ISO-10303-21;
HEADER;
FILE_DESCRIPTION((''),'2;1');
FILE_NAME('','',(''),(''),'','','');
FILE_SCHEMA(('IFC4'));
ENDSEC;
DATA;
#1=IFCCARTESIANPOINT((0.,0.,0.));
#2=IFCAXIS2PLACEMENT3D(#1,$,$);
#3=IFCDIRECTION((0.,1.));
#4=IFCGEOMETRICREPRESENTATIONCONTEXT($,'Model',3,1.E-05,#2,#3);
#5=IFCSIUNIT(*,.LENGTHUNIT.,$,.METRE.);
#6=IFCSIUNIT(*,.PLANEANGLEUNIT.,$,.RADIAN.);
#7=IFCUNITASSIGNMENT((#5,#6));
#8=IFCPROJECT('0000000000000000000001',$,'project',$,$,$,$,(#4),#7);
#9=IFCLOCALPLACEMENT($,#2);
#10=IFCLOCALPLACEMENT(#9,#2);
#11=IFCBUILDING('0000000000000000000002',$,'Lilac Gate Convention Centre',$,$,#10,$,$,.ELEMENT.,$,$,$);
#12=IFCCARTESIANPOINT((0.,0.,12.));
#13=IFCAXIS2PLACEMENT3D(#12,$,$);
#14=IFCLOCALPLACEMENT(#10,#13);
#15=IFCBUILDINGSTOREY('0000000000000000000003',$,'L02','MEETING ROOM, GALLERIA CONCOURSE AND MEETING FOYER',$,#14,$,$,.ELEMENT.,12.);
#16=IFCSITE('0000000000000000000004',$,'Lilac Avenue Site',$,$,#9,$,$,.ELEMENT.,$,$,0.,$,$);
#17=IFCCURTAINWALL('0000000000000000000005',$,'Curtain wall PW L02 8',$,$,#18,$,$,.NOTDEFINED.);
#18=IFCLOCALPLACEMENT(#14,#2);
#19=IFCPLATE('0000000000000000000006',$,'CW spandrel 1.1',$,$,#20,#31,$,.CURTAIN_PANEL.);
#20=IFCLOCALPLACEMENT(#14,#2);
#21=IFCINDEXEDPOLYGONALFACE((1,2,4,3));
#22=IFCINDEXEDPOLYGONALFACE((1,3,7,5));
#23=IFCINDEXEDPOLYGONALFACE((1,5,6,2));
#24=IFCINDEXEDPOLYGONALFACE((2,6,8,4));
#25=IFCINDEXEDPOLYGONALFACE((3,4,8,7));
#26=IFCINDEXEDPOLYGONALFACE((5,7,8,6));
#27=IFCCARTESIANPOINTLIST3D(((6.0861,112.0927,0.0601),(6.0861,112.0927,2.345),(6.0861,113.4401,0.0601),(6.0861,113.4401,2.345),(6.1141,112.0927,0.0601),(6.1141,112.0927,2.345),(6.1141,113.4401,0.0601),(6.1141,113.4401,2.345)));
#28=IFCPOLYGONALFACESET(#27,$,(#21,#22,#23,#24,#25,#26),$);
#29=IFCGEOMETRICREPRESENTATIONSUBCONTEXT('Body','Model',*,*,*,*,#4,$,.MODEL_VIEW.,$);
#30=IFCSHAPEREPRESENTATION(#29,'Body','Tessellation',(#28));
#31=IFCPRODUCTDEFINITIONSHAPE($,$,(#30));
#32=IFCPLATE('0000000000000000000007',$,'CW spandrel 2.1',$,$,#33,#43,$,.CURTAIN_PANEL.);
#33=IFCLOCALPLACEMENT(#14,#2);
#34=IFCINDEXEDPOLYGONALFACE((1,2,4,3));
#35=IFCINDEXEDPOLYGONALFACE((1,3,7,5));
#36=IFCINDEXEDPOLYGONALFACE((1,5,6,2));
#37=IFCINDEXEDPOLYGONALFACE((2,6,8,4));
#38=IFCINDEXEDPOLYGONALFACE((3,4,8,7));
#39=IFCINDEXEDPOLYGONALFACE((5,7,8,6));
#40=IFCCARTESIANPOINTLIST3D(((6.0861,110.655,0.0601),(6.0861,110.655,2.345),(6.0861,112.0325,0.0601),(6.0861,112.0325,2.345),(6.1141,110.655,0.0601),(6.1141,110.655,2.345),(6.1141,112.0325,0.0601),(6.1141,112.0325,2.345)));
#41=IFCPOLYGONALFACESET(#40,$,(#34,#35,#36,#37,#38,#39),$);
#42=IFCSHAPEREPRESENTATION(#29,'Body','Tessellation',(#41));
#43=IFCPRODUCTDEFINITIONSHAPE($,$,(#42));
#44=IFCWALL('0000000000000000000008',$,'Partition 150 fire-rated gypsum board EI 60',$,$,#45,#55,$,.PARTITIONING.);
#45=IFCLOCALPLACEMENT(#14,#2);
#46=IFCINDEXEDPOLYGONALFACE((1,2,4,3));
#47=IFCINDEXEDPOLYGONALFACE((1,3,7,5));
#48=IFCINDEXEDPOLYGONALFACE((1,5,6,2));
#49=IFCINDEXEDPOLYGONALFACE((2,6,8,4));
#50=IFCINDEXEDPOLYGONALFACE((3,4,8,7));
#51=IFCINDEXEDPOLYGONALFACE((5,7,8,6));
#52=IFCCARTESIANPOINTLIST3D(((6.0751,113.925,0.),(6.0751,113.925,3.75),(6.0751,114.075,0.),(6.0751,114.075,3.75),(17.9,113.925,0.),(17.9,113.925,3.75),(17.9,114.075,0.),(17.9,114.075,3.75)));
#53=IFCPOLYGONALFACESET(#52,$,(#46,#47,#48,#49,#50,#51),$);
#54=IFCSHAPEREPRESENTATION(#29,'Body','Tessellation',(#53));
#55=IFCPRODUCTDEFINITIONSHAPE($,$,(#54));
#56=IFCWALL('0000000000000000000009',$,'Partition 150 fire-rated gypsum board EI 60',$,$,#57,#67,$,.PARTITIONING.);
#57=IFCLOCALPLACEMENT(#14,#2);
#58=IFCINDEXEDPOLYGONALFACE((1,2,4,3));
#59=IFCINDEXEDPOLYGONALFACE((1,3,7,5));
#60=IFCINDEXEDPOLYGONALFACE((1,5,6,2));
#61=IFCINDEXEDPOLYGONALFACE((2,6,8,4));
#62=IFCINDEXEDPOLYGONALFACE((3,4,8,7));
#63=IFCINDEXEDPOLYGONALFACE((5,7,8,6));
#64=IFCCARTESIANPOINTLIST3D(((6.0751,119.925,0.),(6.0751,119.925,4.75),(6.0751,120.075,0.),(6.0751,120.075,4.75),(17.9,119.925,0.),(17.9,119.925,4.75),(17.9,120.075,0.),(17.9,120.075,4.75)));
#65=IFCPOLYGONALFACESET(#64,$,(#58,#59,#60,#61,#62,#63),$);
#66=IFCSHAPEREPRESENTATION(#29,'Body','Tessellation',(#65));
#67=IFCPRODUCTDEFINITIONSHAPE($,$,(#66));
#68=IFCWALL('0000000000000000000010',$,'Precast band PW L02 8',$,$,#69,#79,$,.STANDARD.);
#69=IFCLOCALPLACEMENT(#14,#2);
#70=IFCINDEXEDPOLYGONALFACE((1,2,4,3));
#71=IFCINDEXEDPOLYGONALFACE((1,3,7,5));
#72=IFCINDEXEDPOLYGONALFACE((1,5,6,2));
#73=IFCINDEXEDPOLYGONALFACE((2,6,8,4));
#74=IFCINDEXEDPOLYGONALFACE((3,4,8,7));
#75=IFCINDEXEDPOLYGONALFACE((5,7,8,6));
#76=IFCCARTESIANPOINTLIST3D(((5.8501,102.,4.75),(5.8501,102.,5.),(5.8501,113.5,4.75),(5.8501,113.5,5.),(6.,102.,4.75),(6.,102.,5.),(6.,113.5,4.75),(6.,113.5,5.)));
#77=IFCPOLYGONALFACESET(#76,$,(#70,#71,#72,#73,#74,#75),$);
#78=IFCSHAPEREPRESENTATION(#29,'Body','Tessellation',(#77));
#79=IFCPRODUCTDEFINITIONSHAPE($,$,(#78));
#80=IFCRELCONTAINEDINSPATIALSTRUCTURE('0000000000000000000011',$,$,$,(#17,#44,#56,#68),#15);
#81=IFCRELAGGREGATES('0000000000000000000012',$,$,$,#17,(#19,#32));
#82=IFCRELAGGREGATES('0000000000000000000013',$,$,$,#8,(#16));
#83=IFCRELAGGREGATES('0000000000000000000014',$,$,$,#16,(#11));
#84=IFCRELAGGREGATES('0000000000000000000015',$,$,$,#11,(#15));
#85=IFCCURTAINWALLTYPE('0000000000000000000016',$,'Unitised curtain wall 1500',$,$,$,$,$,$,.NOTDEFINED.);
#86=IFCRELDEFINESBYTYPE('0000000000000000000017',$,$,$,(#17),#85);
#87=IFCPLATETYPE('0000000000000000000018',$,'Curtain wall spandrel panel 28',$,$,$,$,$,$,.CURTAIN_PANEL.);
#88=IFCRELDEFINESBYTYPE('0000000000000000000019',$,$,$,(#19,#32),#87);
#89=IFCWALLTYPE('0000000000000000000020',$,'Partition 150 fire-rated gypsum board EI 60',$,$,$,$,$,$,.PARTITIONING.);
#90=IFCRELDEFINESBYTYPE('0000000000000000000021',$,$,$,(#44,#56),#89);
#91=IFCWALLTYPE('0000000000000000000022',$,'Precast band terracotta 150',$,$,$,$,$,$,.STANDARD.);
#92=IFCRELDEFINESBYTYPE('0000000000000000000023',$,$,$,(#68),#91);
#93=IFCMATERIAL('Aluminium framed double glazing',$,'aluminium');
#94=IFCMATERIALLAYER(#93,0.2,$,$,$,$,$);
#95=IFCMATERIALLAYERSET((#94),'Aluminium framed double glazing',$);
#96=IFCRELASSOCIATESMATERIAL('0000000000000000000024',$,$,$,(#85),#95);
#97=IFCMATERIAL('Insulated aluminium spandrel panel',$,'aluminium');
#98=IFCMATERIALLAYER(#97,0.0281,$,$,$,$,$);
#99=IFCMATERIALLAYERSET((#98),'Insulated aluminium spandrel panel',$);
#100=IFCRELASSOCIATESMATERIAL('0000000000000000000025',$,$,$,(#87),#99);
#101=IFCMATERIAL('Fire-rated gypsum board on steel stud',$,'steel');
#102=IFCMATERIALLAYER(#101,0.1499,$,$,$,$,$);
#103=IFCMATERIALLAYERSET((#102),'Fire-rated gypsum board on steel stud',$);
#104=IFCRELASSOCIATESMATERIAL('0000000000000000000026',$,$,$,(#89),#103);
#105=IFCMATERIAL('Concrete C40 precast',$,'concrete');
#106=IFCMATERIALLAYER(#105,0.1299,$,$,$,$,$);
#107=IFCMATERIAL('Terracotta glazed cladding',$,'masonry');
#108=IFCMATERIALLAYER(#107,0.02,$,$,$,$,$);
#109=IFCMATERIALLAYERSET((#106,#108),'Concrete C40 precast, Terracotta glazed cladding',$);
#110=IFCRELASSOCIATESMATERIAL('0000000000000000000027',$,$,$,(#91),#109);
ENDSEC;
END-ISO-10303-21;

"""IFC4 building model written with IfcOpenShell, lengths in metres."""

from ifc_helpers import new_model, si_unit, direction, frame, frame_2d, origin, origin_2d, place, context, subcontext, project, spatial, rectangle, extrude, material, layer, layer_set, type_object, element, aggregate, save


model = new_model("IFC4")

# Units and contexts
model_context = context("Model", 3, precision=1e-05, world=origin(), true_north=direction((0.0, 1.0)))
body_context = subcontext(model_context, "Body", "Model", "MODEL_VIEW")
ifc_project = project(units=[si_unit("LENGTHUNIT", "METRE"), si_unit("PLANEANGLEUNIT", "RADIAN")], contexts=[model_context])

# Site, building, storey
site_placement = place(None, origin())
site = spatial("IfcSite", under=ifc_project, at=site_placement, Name="Lilac Avenue Site", CompositionType="ELEMENT", RefElevation=0.0)
building_placement = place(site_placement, origin())
building = spatial("IfcBuilding", under=site, at=building_placement, Name="Lilac Gate Convention Centre", CompositionType="ELEMENT")
storey_placement = place(building_placement, frame((0.0, 0.0, 12.0)))
storey = spatial("IfcBuildingStorey", under=building, at=storey_placement, Name="L02", Description="MEETING ROOM, GALLERIA CONCOURSE AND MEETING FOYER", CompositionType="ELEMENT", Elevation=12.0)

# Curtain wall
ifc_material_1 = material(Name="Aluminium framed double glazing", Category="aluminium")
ifc_layer_1 = layer(ifc_material_1, 0.2)
ifc_layer_set_1 = layer_set([ifc_layer_1], Name="Aluminium framed double glazing")
curtain_wall_type = type_object("IfcCurtainWallType", Name="Unitised curtain wall 1500", PredefinedType="NOTDEFINED", material=ifc_layer_set_1)
curtain_wall_1_placement = place(storey_placement, origin())
curtain_wall_1 = element("IfcCurtainWall", 1, at=curtain_wall_1_placement, inside=storey, type_object=curtain_wall_type, Name="Curtain wall PW L02 8", PredefinedType="NOTDEFINED")

# Plates
ifc_material_2 = material(Name="Insulated aluminium spandrel panel", Category="aluminium")
ifc_layer_2 = layer(ifc_material_2, 0.0281)
ifc_layer_set_2 = layer_set([ifc_layer_2], Name="Insulated aluminium spandrel panel")
plate_type_1 = type_object("IfcPlateType", Name="Curtain wall spandrel panel 28", PredefinedType="CURTAIN_PANEL", material=ifc_layer_set_2)
plate_1_placement = place(storey_placement, frame((6.1001, 112.7664, 0.0601), z_axis=(0.0, 0.0, 1.0), x_axis=(0.0, -1.0, 0.0)))
plate_1 = element("IfcPlate", 2, at=plate_1_placement, type_object=plate_type_1, Name="CW spandrel 1.1", PredefinedType="CURTAIN_PANEL", context=body_context, shape_type="SweptSolid", body=[
    extrude(rectangle(XDim=1.3474, YDim=0.0281, at=origin_2d()), origin(), (0.0, 0.0, 1.0), 2.2849),
])
plate_2_placement = place(storey_placement, frame((6.1001, 111.3438, 0.0601), z_axis=(0.0, 0.0, 1.0), x_axis=(0.0, -1.0, 0.0)))
plate_2 = element("IfcPlate", 3, at=plate_2_placement, type_object=plate_type_1, Name="CW spandrel 2.1", PredefinedType="CURTAIN_PANEL", context=body_context, shape_type="SweptSolid", body=[
    extrude(rectangle(XDim=1.3774, YDim=0.0281, at=origin_2d()), origin(), (0.0, 0.0, 1.0), 2.2849),
])
aggregate(curtain_wall_1, [plate_1, plate_2])

# Walls
ifc_material_3 = material(Name="Fire-rated gypsum board on steel stud", Category="steel")
ifc_layer_3 = layer(ifc_material_3, 0.1499)
ifc_layer_set_3 = layer_set([ifc_layer_3], Name="Fire-rated gypsum board on steel stud")
wall_type_1 = type_object("IfcWallType", Name="Partition 150 fire-rated gypsum board EI 60", PredefinedType="PARTITIONING", material=ifc_layer_set_3)
wall_1_placement = place(storey_placement, frame((6.075, 114.0, 0.0), z_axis=(0.0, 0.0, 1.0), x_axis=(1.0, 0.0, 0.0)))
element("IfcWall", 4, at=wall_1_placement, inside=storey, type_object=wall_type_1, Name="Partition 150 fire-rated gypsum board EI 60", PredefinedType="PARTITIONING", context=body_context, shape_type="SweptSolid", body=[
    extrude(rectangle(XDim=11.825, YDim=0.1499, at=frame_2d((5.9126, 0.0))), origin(), (0.0, 0.0, 1.0), 3.75),
])
wall_2_placement = place(storey_placement, frame((6.075, 120.0, 0.0), z_axis=(0.0, 0.0, 1.0), x_axis=(1.0, 0.0, 0.0)))
element("IfcWall", 5, at=wall_2_placement, inside=storey, type_object=wall_type_1, Name="Partition 150 fire-rated gypsum board EI 60", PredefinedType="PARTITIONING", context=body_context, shape_type="SweptSolid", body=[
    extrude(rectangle(XDim=11.825, YDim=0.1499, at=frame_2d((5.9126, 0.0))), origin(), (0.0, 0.0, 1.0), 4.75),
])
ifc_material_4 = material(Name="Concrete C40 precast", Category="concrete")
ifc_layer_4 = layer(ifc_material_4, 0.1299)
ifc_material_5 = material(Name="Terracotta glazed cladding", Category="masonry")
ifc_layer_5 = layer(ifc_material_5, 0.02)
ifc_layer_set_4 = layer_set([ifc_layer_4, ifc_layer_5], Name="Concrete C40 precast, Terracotta glazed cladding")
wall_type_2 = type_object("IfcWallType", Name="Precast band terracotta 150", PredefinedType="STANDARD", material=ifc_layer_set_4)
wall_3_placement = place(storey_placement, frame((5.925, 113.5, 4.75), z_axis=(0.0, 0.0, 1.0), x_axis=(0.0, -1.0, 0.0)))
element("IfcWall", 6, at=wall_3_placement, inside=storey, type_object=wall_type_2, Name="Precast band PW L02 8", PredefinedType="STANDARD", context=body_context, shape_type="SweptSolid", body=[
    extrude(rectangle(XDim=11.5, YDim=0.1499, at=frame_2d((5.75, 0.0))), origin(), (0.0, 0.0, 1.0), 0.25),
])

save(model, "model.ifc")
